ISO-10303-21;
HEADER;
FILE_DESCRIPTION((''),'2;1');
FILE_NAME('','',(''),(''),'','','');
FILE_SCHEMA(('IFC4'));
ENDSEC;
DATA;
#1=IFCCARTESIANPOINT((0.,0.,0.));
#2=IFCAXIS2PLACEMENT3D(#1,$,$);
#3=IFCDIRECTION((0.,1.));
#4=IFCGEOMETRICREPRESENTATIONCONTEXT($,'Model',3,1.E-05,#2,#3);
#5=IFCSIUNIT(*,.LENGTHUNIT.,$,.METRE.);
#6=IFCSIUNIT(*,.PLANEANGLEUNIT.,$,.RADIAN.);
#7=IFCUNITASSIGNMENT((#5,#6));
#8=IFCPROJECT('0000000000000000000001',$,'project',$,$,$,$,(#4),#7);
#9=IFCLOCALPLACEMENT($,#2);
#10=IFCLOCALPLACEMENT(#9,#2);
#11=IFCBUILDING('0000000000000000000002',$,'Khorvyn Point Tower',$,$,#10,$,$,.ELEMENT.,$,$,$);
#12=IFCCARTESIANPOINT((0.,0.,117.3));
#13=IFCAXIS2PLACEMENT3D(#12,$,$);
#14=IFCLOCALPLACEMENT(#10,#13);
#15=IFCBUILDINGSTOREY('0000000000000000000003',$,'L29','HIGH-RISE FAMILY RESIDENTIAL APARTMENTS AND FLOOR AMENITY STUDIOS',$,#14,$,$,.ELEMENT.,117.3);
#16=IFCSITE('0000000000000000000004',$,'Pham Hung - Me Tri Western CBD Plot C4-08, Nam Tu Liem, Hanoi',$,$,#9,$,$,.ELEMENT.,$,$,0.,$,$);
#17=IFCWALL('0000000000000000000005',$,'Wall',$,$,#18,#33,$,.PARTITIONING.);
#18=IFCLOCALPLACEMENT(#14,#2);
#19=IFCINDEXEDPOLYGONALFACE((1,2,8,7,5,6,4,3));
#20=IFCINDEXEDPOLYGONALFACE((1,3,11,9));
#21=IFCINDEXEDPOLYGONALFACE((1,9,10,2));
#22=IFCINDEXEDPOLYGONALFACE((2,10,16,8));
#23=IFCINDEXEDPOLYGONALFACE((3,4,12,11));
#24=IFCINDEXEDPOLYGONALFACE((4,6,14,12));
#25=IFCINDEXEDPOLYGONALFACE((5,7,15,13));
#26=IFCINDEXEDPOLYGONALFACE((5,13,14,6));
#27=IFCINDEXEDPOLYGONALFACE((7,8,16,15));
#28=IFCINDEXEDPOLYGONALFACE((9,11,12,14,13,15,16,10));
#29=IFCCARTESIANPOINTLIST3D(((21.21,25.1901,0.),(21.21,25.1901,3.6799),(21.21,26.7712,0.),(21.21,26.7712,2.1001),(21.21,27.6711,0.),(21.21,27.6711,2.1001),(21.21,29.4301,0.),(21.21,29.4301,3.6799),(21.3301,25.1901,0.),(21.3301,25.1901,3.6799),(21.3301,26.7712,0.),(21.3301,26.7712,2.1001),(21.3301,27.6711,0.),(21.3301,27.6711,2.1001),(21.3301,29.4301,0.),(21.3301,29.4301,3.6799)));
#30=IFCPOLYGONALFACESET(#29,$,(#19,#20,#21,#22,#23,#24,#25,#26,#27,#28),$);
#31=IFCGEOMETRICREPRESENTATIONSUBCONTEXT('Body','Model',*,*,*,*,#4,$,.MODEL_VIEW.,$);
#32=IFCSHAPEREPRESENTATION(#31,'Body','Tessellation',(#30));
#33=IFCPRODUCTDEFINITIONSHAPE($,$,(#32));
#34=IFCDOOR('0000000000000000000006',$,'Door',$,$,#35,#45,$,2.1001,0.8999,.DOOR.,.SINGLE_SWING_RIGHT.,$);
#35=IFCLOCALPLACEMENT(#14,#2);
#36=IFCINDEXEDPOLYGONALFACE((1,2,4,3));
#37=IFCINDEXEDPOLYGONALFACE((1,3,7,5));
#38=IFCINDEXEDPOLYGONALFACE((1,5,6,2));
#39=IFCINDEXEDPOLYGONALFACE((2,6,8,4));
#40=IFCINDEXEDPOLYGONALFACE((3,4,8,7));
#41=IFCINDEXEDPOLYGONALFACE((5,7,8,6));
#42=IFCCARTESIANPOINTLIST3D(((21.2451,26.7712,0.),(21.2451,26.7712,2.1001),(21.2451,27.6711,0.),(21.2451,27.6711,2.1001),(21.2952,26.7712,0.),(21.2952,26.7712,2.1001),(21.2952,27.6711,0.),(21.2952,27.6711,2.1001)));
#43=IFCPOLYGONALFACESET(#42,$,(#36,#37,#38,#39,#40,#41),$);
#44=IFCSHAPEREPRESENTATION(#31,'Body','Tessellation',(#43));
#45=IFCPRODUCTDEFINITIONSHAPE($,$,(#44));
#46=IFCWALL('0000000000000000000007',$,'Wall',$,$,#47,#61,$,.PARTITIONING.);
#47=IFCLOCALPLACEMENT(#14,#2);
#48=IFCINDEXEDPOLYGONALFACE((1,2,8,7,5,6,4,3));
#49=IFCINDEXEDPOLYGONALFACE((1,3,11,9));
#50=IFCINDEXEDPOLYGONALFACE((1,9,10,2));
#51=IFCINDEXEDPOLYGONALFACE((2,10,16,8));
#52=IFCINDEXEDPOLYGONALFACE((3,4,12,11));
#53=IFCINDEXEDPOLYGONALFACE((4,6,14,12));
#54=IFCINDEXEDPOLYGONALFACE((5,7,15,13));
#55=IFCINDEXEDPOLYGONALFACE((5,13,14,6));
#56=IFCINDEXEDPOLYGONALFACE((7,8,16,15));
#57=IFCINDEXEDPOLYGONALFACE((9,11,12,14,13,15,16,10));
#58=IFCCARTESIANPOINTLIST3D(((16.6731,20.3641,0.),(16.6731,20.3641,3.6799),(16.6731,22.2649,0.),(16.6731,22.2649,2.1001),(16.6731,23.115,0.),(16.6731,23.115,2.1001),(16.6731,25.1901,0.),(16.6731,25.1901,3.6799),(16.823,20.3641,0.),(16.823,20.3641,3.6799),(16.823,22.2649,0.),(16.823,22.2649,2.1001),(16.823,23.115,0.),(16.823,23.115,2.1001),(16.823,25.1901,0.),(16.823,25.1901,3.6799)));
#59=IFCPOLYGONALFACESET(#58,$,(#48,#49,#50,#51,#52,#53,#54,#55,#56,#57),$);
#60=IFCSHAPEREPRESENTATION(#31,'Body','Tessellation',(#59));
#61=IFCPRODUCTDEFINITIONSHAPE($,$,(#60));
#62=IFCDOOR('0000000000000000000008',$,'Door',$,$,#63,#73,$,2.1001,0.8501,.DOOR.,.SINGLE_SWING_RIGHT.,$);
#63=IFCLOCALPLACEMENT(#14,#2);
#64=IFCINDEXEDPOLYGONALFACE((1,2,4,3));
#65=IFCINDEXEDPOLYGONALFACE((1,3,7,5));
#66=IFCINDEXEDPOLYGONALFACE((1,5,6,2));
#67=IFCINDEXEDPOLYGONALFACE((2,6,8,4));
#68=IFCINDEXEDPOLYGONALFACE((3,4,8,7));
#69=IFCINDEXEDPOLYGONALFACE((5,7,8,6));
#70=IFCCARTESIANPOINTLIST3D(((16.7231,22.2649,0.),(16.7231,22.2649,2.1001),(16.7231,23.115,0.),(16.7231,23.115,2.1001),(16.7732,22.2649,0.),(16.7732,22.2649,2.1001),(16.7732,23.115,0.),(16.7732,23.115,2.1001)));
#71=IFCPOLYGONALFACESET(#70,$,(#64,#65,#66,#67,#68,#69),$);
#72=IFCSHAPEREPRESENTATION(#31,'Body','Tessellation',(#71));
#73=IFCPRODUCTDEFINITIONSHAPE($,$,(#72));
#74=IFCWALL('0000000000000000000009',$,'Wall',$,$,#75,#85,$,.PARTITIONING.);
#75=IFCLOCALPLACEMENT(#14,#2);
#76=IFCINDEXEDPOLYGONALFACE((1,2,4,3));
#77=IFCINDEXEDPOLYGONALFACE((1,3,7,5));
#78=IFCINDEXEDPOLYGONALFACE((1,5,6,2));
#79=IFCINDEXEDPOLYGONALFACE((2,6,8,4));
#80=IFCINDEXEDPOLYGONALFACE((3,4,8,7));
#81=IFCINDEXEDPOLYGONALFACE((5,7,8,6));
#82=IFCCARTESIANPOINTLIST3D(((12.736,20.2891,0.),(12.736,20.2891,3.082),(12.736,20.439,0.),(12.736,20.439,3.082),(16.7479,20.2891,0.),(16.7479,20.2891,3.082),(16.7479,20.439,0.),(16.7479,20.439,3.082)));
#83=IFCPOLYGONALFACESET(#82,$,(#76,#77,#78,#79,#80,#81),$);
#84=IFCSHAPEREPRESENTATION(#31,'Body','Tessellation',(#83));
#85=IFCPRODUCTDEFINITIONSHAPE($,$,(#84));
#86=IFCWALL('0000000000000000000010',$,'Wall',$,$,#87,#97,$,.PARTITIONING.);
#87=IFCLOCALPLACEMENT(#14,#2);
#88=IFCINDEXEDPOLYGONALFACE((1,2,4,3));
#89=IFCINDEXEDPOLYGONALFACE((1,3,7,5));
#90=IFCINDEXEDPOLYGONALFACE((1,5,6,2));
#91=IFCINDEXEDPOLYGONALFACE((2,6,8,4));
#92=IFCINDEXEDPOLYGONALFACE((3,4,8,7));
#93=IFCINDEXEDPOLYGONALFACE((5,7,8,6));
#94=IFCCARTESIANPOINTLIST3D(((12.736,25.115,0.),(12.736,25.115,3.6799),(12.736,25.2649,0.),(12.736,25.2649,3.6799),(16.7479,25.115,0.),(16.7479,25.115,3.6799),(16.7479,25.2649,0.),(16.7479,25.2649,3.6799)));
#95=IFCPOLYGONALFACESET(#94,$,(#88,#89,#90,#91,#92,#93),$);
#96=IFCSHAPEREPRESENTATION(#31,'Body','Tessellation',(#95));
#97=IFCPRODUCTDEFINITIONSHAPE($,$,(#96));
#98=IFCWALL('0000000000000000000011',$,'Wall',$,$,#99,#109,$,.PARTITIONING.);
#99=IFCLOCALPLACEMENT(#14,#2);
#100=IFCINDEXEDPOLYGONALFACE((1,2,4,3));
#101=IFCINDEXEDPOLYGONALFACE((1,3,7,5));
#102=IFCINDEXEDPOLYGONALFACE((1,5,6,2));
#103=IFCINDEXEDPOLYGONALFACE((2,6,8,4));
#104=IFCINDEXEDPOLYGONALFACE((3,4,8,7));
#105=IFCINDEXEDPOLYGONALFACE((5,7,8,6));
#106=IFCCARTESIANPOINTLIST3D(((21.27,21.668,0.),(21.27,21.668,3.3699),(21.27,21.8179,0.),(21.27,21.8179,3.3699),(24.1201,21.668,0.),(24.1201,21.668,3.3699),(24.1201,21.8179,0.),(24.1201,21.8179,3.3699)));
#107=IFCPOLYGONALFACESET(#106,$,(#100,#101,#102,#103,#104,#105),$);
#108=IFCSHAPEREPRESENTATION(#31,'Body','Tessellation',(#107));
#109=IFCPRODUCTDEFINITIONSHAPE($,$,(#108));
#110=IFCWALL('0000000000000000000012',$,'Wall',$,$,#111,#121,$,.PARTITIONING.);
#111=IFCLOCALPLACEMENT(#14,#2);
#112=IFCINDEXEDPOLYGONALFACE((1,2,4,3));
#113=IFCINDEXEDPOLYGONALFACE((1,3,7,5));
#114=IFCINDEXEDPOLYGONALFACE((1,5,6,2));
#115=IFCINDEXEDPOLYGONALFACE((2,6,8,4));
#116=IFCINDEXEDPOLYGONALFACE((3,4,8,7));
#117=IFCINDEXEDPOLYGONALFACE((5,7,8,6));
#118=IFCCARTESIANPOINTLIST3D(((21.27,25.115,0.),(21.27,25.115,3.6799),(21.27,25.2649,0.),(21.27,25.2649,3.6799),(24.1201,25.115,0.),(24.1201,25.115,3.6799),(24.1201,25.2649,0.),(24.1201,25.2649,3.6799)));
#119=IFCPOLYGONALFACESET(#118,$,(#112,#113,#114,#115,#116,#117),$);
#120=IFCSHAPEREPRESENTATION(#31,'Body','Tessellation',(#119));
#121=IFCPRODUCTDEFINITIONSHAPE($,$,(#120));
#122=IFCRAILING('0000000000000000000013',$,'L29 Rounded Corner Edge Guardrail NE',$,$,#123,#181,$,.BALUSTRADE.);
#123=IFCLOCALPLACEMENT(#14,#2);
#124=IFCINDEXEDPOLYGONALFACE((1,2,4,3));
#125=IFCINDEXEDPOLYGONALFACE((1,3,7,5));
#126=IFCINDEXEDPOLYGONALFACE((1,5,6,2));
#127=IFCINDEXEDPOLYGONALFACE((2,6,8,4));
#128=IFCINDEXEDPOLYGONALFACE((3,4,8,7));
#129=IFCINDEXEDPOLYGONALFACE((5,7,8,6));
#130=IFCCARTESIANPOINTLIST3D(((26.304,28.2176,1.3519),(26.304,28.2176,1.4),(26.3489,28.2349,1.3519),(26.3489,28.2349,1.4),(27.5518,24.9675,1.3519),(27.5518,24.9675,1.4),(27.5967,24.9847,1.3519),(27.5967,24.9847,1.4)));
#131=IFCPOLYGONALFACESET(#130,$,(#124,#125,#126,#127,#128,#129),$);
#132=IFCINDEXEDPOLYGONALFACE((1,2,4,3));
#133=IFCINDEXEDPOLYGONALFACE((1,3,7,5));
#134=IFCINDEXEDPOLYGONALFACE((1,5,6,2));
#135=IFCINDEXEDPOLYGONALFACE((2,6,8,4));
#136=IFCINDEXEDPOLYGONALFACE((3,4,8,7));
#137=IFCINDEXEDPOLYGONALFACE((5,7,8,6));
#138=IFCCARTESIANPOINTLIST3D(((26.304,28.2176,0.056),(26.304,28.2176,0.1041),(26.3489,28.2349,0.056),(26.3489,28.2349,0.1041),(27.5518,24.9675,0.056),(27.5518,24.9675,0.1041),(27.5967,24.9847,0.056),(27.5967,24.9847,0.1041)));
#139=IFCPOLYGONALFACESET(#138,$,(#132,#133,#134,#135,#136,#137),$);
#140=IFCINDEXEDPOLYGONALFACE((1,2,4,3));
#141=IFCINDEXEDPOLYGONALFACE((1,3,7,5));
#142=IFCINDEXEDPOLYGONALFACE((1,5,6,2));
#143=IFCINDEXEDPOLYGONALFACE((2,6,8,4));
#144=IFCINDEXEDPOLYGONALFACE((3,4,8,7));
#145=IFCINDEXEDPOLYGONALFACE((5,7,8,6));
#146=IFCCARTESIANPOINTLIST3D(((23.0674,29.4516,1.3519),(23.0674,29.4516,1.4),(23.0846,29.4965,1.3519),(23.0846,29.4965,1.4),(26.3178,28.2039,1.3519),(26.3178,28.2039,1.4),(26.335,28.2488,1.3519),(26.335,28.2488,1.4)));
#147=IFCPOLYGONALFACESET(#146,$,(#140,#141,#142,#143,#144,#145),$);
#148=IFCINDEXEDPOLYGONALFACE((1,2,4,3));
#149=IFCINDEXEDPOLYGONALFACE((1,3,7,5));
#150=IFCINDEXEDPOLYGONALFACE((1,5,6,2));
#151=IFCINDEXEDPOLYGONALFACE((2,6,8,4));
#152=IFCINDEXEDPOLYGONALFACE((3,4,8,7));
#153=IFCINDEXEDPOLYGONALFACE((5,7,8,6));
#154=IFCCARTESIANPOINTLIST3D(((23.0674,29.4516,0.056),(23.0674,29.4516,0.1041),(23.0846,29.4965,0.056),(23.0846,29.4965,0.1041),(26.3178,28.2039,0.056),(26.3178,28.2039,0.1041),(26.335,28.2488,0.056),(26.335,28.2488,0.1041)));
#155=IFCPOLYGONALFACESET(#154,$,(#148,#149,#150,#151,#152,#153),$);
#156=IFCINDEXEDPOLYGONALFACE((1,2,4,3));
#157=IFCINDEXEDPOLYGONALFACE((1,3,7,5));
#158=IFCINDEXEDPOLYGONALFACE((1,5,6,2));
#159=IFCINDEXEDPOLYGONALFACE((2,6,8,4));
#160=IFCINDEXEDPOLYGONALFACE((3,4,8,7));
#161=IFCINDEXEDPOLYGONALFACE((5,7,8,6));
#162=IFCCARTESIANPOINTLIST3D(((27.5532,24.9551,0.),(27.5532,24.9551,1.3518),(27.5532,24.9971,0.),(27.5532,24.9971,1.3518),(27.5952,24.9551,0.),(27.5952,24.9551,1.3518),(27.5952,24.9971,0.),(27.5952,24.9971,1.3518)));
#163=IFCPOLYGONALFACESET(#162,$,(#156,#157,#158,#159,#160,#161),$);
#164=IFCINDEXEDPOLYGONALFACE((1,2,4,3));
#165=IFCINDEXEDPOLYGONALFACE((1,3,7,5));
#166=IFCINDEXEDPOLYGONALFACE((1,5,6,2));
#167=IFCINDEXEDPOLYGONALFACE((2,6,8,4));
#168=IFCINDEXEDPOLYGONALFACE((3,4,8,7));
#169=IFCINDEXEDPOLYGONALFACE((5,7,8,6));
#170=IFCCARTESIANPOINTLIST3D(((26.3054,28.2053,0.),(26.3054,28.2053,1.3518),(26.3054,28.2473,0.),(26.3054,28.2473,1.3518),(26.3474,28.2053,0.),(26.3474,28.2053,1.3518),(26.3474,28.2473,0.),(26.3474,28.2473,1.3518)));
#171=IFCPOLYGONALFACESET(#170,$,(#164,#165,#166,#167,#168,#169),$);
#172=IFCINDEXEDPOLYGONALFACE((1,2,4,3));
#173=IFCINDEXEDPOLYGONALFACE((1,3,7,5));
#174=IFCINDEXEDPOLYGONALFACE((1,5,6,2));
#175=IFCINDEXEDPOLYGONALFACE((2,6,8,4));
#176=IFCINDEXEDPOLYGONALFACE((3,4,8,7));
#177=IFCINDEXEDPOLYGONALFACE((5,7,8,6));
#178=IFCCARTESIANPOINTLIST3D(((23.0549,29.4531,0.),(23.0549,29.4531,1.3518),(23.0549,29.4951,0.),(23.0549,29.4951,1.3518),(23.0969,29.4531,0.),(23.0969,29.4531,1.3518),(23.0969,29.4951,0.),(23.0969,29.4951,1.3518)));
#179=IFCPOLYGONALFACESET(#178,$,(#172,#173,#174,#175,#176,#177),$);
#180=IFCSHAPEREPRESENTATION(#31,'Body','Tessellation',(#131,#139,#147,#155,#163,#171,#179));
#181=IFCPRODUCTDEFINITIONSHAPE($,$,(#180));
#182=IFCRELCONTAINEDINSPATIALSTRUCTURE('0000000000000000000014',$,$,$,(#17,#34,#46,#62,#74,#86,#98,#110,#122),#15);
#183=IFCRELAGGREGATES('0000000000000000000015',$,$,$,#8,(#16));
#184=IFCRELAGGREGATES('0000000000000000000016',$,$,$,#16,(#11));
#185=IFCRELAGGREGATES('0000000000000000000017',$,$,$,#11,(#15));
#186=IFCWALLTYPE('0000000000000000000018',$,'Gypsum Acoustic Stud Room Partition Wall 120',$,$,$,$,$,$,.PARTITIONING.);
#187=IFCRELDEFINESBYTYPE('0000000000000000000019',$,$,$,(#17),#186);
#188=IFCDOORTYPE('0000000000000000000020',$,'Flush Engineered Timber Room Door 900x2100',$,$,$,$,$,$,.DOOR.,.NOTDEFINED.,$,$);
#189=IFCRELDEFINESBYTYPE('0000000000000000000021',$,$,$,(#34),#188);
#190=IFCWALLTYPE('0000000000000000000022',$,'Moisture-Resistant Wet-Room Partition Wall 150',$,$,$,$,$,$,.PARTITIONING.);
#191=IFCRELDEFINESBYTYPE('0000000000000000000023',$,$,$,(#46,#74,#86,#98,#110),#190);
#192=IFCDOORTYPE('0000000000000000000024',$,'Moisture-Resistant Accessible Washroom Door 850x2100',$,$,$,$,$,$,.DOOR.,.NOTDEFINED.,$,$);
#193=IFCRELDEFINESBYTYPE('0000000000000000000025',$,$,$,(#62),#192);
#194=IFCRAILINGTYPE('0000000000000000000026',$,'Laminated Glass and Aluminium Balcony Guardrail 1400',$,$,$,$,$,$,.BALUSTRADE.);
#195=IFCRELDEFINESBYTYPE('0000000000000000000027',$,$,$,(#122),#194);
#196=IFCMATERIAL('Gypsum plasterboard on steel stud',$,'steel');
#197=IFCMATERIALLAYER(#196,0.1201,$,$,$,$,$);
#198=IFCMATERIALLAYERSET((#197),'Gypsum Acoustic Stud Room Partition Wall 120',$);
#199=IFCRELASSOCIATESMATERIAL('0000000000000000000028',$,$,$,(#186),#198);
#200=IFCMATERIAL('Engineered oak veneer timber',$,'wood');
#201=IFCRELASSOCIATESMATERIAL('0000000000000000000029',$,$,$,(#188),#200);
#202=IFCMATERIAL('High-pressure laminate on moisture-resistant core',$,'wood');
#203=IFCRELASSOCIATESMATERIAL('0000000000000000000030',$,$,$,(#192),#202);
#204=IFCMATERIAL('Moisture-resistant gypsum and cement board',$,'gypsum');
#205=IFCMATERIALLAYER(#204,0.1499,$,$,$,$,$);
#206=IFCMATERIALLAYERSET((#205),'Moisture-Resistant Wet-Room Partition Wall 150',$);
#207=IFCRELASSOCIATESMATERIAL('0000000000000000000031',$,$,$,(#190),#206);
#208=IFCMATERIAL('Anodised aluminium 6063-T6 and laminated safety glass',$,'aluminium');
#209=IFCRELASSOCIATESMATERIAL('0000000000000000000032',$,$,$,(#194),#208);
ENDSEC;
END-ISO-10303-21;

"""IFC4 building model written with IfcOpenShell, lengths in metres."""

from ifc_helpers import new_model, si_unit, direction, frame, frame_2d, origin, origin_2d, place, context, subcontext, project, spatial, rectangle, extrude, material, layer, layer_set, type_object, element, fill, save


model = new_model("IFC4")

# Units and contexts
model_context = context("Model", 3, precision=1e-05, world=origin(), true_north=direction((0.0, 1.0)))
body_context = subcontext(model_context, "Body", "Model", "MODEL_VIEW")
ifc_project = project(units=[si_unit("LENGTHUNIT", "METRE"), si_unit("PLANEANGLEUNIT", "RADIAN")], contexts=[model_context])

# Site, building, storey
site_placement = place(None, origin())
site = spatial("IfcSite", under=ifc_project, at=site_placement, Name="Pham Hung - Me Tri Western CBD Plot C4-08, Nam Tu Liem, Hanoi", CompositionType="ELEMENT", RefElevation=0.0)
building_placement = place(site_placement, origin())
building = spatial("IfcBuilding", under=site, at=building_placement, Name="Khorvyn Point Tower", CompositionType="ELEMENT")
storey_placement = place(building_placement, frame((0.0, 0.0, 117.3)))
storey = spatial("IfcBuildingStorey", under=building, at=storey_placement, Name="L29", Description="HIGH-RISE FAMILY RESIDENTIAL APARTMENTS AND FLOOR AMENITY STUDIOS", CompositionType="ELEMENT", Elevation=117.3)

# Walls, openings, doors
ifc_material_1 = material(Name="Gypsum plasterboard on steel stud", Category="steel")
ifc_layer_1 = layer(ifc_material_1, 0.1201)
ifc_layer_set_1 = layer_set([ifc_layer_1], Name="Gypsum Acoustic Stud Room Partition Wall 120")
wall_type_1 = type_object("IfcWallType", Name="Gypsum Acoustic Stud Room Partition Wall 120", PredefinedType="PARTITIONING", material=ifc_layer_set_1)
ifc_material_2 = material(Name="Engineered oak veneer timber", Category="wood")
door_type_1 = type_object("IfcDoorType", Name="Flush Engineered Timber Room Door 900x2100", OperationType="NOTDEFINED", PredefinedType="DOOR", material=ifc_material_2)
ifc_material_3 = material(Name="High-pressure laminate on moisture-resistant core", Category="wood")
door_type_2 = type_object("IfcDoorType", Name="Moisture-Resistant Accessible Washroom Door 850x2100", OperationType="NOTDEFINED", PredefinedType="DOOR", material=ifc_material_3)
wall_1_placement = place(storey_placement, frame((21.27, 25.1899, 0.0), z_axis=(0.0, 0.0, 1.0), x_axis=(0.0, 1.0, 0.0)))
wall_1 = element("IfcWall", 1, at=wall_1_placement, inside=storey, type_object=wall_type_1, Name="Wall", PredefinedType="PARTITIONING", context=body_context, shape_type="SweptSolid", body=[
    extrude(rectangle(XDim=4.24, YDim=0.1201, at=frame_2d((2.1201, 0.0))), origin(), (0.0, 0.0, 1.0), 3.6799),
])
opening_1_placement = place(wall_1_placement, frame((1.5813, 0.0, 0.0)))
opening_1 = element("IfcOpeningElement", 2, at=opening_1_placement, cuts=wall_1, PredefinedType="OPENING", context=body_context, shape_type="SweptSolid", body=[
    extrude(rectangle(XDim=0.8999, YDim=2.1001, at=frame_2d((0.45, 1.05))), frame((0.0, 0.0701, 0.0), z_axis=(0.0, -1.0, 0.0), x_axis=(1.0, 0.0, 0.0)), (0.0, 0.0, 1.0), 0.1401),
])
door_1_placement = place(opening_1_placement, origin())
door_1 = element("IfcDoor", 3, at=door_1_placement, inside=storey, type_object=door_type_1, Name="Door", OperationType="SINGLE_SWING_RIGHT", OverallHeight=2.1001, OverallWidth=0.8999, PredefinedType="DOOR", context=body_context, shape_type="SweptSolid", body=[
    extrude(rectangle(XDim=0.8999, YDim=2.1001, at=frame_2d((0.45, 1.05))), frame((0.0, 0.0249, 0.0), z_axis=(0.0, -1.0, 0.0), x_axis=(1.0, 0.0, 0.0)), (0.0, 0.0, 1.0), 0.05),
])
fill(opening_1, door_1)
ifc_material_4 = material(Name="Moisture-resistant gypsum and cement board", Category="gypsum")
ifc_layer_2 = layer(ifc_material_4, 0.1499)
ifc_layer_set_2 = layer_set([ifc_layer_2], Name="Moisture-Resistant Wet-Room Partition Wall 150")
wall_type_2 = type_object("IfcWallType", Name="Moisture-Resistant Wet-Room Partition Wall 150", PredefinedType="PARTITIONING", material=ifc_layer_set_2)
wall_2_placement = place(storey_placement, frame((16.748, 20.364, 0.0), z_axis=(0.0, 0.0, 1.0), x_axis=(0.0, 1.0, 0.0)))
wall_2 = element("IfcWall", 4, at=wall_2_placement, inside=storey, type_object=wall_type_2, Name="Wall", PredefinedType="PARTITIONING", context=body_context, shape_type="SweptSolid", body=[
    extrude(rectangle(XDim=4.8259, YDim=0.1499, at=frame_2d((2.4131, 0.0))), origin(), (0.0, 0.0, 1.0), 3.6799),
])
opening_2_placement = place(wall_2_placement, frame((1.9009, 0.0, 0.0)))
opening_2 = element("IfcOpeningElement", 5, at=opening_2_placement, cuts=wall_2, PredefinedType="OPENING", context=body_context, shape_type="SweptSolid", body=[
    extrude(rectangle(XDim=0.8501, YDim=2.1001, at=frame_2d((0.425, 1.05))), frame((0.0, 0.085, 0.0), z_axis=(0.0, -1.0, 0.0), x_axis=(1.0, 0.0, 0.0)), (0.0, 0.0, 1.0), 0.1699),
])
door_2_placement = place(opening_2_placement, origin())
door_2 = element("IfcDoor", 6, at=door_2_placement, inside=storey, type_object=door_type_2, Name="Door", OperationType="SINGLE_SWING_RIGHT", OverallHeight=2.1001, OverallWidth=0.8501, PredefinedType="DOOR", context=body_context, shape_type="SweptSolid", body=[
    extrude(rectangle(XDim=0.8501, YDim=2.1001, at=frame_2d((0.425, 1.05))), frame((0.0, 0.0249, 0.0), z_axis=(0.0, -1.0, 0.0), x_axis=(1.0, 0.0, 0.0)), (0.0, 0.0, 1.0), 0.05),
])
fill(opening_2, door_2)

# Walls
wall_3_placement = place(storey_placement, frame((12.7361, 20.364, 0.0), z_axis=(0.0, 0.0, 1.0), x_axis=(1.0, 0.0, 0.0)))
element("IfcWall", 7, at=wall_3_placement, inside=storey, type_object=wall_type_2, Name="Wall", PredefinedType="PARTITIONING", context=body_context, shape_type="SweptSolid", body=[
    extrude(rectangle(XDim=4.012, YDim=0.1499, at=frame_2d((2.0059, 0.0))), origin(), (0.0, 0.0, 1.0), 3.082),
])
wall_4_placement = place(storey_placement, frame((12.7361, 25.1899, 0.0), z_axis=(0.0, 0.0, 1.0), x_axis=(1.0, 0.0, 0.0)))
element("IfcWall", 8, at=wall_4_placement, inside=storey, type_object=wall_type_2, Name="Wall", PredefinedType="PARTITIONING", context=body_context, shape_type="SweptSolid", body=[
    extrude(rectangle(XDim=4.012, YDim=0.1499, at=frame_2d((2.0059, 0.0))), origin(), (0.0, 0.0, 1.0), 3.6799),
])
wall_5_placement = place(storey_placement, frame((21.27, 21.7429, 0.0), z_axis=(0.0, 0.0, 1.0), x_axis=(1.0, 0.0, 0.0)))
element("IfcWall", 9, at=wall_5_placement, inside=storey, type_object=wall_type_2, Name="Wall", PredefinedType="PARTITIONING", context=body_context, shape_type="SweptSolid", body=[
    extrude(rectangle(XDim=2.8501, YDim=0.1499, at=frame_2d((1.425, 0.0))), origin(), (0.0, 0.0, 1.0), 3.3699),
])
wall_6_placement = place(storey_placement, frame((21.27, 25.1899, 0.0), z_axis=(0.0, 0.0, 1.0), x_axis=(1.0, 0.0, 0.0)))
element("IfcWall", 10, at=wall_6_placement, inside=storey, type_object=wall_type_2, Name="Wall", PredefinedType="PARTITIONING", context=body_context, shape_type="SweptSolid", body=[
    extrude(rectangle(XDim=2.8501, YDim=0.1499, at=frame_2d((1.425, 0.0))), origin(), (0.0, 0.0, 1.0), 3.6799),
])

# Railing
ifc_material_5 = material(Name="Anodised aluminium 6063-T6 and laminated safety glass", Category="aluminium")
railing_type = type_object("IfcRailingType", Name="Laminated Glass and Aluminium Balcony Guardrail 1400", PredefinedType="BALUSTRADE", material=ifc_material_5)
railing_1_placement = place(storey_placement, frame((27.5742, 24.9761, 0.0)))
element("IfcRailing", 11, at=railing_1_placement, inside=storey, type_object=railing_type, Name="L29 Rounded Corner Edge Guardrail NE", PredefinedType="BALUSTRADE", context=body_context, shape_type="SweptSolid", body=[
    extrude(rectangle(XDim=0.0481, YDim=0.0481, at=origin_2d()), frame((0.0, 0.0, 1.376), z_axis=(-0.358406, 0.933566, 0.0), x_axis=(-0.933566, -0.358406, 0.0)), (0.0, 0.0, 1.0), 3.4814),
    extrude(rectangle(XDim=0.0481, YDim=0.0481, at=origin_2d()), frame((0.0, 0.0, 0.0801), z_axis=(-0.358406, 0.933566, 0.0), x_axis=(-0.933566, -0.358406, 0.0)), (0.0, 0.0, 1.0), 3.4814),
    extrude(rectangle(XDim=0.0481, YDim=0.0481, at=origin_2d()), frame((-1.2478, 3.2502, 1.376), z_axis=(-0.933575, 0.358382, 0.0), x_axis=(-0.358382, -0.933575, 0.0)), (0.0, 0.0, 1.0), 3.4817),
    extrude(rectangle(XDim=0.0481, YDim=0.0481, at=origin_2d()), frame((-1.2478, 3.2502, 0.0801), z_axis=(-0.933575, 0.358382, 0.0), x_axis=(-0.358382, -0.933575, 0.0)), (0.0, 0.0, 1.0), 3.4817),
    extrude(rectangle(XDim=0.042, YDim=0.042, at=origin_2d()), origin(), (0.0, 0.0, 1.0), 1.3518),
    extrude(rectangle(XDim=0.042, YDim=0.042, at=origin_2d()), frame((-1.2478, 3.2502, 0.0)), (0.0, 0.0, 1.0), 1.3518),
    extrude(rectangle(XDim=0.042, YDim=0.042, at=origin_2d()), frame((-4.4983, 4.498, 0.0)), (0.0, 0.0, 1.0), 1.3518),
])

save(model, "model.ifc")
